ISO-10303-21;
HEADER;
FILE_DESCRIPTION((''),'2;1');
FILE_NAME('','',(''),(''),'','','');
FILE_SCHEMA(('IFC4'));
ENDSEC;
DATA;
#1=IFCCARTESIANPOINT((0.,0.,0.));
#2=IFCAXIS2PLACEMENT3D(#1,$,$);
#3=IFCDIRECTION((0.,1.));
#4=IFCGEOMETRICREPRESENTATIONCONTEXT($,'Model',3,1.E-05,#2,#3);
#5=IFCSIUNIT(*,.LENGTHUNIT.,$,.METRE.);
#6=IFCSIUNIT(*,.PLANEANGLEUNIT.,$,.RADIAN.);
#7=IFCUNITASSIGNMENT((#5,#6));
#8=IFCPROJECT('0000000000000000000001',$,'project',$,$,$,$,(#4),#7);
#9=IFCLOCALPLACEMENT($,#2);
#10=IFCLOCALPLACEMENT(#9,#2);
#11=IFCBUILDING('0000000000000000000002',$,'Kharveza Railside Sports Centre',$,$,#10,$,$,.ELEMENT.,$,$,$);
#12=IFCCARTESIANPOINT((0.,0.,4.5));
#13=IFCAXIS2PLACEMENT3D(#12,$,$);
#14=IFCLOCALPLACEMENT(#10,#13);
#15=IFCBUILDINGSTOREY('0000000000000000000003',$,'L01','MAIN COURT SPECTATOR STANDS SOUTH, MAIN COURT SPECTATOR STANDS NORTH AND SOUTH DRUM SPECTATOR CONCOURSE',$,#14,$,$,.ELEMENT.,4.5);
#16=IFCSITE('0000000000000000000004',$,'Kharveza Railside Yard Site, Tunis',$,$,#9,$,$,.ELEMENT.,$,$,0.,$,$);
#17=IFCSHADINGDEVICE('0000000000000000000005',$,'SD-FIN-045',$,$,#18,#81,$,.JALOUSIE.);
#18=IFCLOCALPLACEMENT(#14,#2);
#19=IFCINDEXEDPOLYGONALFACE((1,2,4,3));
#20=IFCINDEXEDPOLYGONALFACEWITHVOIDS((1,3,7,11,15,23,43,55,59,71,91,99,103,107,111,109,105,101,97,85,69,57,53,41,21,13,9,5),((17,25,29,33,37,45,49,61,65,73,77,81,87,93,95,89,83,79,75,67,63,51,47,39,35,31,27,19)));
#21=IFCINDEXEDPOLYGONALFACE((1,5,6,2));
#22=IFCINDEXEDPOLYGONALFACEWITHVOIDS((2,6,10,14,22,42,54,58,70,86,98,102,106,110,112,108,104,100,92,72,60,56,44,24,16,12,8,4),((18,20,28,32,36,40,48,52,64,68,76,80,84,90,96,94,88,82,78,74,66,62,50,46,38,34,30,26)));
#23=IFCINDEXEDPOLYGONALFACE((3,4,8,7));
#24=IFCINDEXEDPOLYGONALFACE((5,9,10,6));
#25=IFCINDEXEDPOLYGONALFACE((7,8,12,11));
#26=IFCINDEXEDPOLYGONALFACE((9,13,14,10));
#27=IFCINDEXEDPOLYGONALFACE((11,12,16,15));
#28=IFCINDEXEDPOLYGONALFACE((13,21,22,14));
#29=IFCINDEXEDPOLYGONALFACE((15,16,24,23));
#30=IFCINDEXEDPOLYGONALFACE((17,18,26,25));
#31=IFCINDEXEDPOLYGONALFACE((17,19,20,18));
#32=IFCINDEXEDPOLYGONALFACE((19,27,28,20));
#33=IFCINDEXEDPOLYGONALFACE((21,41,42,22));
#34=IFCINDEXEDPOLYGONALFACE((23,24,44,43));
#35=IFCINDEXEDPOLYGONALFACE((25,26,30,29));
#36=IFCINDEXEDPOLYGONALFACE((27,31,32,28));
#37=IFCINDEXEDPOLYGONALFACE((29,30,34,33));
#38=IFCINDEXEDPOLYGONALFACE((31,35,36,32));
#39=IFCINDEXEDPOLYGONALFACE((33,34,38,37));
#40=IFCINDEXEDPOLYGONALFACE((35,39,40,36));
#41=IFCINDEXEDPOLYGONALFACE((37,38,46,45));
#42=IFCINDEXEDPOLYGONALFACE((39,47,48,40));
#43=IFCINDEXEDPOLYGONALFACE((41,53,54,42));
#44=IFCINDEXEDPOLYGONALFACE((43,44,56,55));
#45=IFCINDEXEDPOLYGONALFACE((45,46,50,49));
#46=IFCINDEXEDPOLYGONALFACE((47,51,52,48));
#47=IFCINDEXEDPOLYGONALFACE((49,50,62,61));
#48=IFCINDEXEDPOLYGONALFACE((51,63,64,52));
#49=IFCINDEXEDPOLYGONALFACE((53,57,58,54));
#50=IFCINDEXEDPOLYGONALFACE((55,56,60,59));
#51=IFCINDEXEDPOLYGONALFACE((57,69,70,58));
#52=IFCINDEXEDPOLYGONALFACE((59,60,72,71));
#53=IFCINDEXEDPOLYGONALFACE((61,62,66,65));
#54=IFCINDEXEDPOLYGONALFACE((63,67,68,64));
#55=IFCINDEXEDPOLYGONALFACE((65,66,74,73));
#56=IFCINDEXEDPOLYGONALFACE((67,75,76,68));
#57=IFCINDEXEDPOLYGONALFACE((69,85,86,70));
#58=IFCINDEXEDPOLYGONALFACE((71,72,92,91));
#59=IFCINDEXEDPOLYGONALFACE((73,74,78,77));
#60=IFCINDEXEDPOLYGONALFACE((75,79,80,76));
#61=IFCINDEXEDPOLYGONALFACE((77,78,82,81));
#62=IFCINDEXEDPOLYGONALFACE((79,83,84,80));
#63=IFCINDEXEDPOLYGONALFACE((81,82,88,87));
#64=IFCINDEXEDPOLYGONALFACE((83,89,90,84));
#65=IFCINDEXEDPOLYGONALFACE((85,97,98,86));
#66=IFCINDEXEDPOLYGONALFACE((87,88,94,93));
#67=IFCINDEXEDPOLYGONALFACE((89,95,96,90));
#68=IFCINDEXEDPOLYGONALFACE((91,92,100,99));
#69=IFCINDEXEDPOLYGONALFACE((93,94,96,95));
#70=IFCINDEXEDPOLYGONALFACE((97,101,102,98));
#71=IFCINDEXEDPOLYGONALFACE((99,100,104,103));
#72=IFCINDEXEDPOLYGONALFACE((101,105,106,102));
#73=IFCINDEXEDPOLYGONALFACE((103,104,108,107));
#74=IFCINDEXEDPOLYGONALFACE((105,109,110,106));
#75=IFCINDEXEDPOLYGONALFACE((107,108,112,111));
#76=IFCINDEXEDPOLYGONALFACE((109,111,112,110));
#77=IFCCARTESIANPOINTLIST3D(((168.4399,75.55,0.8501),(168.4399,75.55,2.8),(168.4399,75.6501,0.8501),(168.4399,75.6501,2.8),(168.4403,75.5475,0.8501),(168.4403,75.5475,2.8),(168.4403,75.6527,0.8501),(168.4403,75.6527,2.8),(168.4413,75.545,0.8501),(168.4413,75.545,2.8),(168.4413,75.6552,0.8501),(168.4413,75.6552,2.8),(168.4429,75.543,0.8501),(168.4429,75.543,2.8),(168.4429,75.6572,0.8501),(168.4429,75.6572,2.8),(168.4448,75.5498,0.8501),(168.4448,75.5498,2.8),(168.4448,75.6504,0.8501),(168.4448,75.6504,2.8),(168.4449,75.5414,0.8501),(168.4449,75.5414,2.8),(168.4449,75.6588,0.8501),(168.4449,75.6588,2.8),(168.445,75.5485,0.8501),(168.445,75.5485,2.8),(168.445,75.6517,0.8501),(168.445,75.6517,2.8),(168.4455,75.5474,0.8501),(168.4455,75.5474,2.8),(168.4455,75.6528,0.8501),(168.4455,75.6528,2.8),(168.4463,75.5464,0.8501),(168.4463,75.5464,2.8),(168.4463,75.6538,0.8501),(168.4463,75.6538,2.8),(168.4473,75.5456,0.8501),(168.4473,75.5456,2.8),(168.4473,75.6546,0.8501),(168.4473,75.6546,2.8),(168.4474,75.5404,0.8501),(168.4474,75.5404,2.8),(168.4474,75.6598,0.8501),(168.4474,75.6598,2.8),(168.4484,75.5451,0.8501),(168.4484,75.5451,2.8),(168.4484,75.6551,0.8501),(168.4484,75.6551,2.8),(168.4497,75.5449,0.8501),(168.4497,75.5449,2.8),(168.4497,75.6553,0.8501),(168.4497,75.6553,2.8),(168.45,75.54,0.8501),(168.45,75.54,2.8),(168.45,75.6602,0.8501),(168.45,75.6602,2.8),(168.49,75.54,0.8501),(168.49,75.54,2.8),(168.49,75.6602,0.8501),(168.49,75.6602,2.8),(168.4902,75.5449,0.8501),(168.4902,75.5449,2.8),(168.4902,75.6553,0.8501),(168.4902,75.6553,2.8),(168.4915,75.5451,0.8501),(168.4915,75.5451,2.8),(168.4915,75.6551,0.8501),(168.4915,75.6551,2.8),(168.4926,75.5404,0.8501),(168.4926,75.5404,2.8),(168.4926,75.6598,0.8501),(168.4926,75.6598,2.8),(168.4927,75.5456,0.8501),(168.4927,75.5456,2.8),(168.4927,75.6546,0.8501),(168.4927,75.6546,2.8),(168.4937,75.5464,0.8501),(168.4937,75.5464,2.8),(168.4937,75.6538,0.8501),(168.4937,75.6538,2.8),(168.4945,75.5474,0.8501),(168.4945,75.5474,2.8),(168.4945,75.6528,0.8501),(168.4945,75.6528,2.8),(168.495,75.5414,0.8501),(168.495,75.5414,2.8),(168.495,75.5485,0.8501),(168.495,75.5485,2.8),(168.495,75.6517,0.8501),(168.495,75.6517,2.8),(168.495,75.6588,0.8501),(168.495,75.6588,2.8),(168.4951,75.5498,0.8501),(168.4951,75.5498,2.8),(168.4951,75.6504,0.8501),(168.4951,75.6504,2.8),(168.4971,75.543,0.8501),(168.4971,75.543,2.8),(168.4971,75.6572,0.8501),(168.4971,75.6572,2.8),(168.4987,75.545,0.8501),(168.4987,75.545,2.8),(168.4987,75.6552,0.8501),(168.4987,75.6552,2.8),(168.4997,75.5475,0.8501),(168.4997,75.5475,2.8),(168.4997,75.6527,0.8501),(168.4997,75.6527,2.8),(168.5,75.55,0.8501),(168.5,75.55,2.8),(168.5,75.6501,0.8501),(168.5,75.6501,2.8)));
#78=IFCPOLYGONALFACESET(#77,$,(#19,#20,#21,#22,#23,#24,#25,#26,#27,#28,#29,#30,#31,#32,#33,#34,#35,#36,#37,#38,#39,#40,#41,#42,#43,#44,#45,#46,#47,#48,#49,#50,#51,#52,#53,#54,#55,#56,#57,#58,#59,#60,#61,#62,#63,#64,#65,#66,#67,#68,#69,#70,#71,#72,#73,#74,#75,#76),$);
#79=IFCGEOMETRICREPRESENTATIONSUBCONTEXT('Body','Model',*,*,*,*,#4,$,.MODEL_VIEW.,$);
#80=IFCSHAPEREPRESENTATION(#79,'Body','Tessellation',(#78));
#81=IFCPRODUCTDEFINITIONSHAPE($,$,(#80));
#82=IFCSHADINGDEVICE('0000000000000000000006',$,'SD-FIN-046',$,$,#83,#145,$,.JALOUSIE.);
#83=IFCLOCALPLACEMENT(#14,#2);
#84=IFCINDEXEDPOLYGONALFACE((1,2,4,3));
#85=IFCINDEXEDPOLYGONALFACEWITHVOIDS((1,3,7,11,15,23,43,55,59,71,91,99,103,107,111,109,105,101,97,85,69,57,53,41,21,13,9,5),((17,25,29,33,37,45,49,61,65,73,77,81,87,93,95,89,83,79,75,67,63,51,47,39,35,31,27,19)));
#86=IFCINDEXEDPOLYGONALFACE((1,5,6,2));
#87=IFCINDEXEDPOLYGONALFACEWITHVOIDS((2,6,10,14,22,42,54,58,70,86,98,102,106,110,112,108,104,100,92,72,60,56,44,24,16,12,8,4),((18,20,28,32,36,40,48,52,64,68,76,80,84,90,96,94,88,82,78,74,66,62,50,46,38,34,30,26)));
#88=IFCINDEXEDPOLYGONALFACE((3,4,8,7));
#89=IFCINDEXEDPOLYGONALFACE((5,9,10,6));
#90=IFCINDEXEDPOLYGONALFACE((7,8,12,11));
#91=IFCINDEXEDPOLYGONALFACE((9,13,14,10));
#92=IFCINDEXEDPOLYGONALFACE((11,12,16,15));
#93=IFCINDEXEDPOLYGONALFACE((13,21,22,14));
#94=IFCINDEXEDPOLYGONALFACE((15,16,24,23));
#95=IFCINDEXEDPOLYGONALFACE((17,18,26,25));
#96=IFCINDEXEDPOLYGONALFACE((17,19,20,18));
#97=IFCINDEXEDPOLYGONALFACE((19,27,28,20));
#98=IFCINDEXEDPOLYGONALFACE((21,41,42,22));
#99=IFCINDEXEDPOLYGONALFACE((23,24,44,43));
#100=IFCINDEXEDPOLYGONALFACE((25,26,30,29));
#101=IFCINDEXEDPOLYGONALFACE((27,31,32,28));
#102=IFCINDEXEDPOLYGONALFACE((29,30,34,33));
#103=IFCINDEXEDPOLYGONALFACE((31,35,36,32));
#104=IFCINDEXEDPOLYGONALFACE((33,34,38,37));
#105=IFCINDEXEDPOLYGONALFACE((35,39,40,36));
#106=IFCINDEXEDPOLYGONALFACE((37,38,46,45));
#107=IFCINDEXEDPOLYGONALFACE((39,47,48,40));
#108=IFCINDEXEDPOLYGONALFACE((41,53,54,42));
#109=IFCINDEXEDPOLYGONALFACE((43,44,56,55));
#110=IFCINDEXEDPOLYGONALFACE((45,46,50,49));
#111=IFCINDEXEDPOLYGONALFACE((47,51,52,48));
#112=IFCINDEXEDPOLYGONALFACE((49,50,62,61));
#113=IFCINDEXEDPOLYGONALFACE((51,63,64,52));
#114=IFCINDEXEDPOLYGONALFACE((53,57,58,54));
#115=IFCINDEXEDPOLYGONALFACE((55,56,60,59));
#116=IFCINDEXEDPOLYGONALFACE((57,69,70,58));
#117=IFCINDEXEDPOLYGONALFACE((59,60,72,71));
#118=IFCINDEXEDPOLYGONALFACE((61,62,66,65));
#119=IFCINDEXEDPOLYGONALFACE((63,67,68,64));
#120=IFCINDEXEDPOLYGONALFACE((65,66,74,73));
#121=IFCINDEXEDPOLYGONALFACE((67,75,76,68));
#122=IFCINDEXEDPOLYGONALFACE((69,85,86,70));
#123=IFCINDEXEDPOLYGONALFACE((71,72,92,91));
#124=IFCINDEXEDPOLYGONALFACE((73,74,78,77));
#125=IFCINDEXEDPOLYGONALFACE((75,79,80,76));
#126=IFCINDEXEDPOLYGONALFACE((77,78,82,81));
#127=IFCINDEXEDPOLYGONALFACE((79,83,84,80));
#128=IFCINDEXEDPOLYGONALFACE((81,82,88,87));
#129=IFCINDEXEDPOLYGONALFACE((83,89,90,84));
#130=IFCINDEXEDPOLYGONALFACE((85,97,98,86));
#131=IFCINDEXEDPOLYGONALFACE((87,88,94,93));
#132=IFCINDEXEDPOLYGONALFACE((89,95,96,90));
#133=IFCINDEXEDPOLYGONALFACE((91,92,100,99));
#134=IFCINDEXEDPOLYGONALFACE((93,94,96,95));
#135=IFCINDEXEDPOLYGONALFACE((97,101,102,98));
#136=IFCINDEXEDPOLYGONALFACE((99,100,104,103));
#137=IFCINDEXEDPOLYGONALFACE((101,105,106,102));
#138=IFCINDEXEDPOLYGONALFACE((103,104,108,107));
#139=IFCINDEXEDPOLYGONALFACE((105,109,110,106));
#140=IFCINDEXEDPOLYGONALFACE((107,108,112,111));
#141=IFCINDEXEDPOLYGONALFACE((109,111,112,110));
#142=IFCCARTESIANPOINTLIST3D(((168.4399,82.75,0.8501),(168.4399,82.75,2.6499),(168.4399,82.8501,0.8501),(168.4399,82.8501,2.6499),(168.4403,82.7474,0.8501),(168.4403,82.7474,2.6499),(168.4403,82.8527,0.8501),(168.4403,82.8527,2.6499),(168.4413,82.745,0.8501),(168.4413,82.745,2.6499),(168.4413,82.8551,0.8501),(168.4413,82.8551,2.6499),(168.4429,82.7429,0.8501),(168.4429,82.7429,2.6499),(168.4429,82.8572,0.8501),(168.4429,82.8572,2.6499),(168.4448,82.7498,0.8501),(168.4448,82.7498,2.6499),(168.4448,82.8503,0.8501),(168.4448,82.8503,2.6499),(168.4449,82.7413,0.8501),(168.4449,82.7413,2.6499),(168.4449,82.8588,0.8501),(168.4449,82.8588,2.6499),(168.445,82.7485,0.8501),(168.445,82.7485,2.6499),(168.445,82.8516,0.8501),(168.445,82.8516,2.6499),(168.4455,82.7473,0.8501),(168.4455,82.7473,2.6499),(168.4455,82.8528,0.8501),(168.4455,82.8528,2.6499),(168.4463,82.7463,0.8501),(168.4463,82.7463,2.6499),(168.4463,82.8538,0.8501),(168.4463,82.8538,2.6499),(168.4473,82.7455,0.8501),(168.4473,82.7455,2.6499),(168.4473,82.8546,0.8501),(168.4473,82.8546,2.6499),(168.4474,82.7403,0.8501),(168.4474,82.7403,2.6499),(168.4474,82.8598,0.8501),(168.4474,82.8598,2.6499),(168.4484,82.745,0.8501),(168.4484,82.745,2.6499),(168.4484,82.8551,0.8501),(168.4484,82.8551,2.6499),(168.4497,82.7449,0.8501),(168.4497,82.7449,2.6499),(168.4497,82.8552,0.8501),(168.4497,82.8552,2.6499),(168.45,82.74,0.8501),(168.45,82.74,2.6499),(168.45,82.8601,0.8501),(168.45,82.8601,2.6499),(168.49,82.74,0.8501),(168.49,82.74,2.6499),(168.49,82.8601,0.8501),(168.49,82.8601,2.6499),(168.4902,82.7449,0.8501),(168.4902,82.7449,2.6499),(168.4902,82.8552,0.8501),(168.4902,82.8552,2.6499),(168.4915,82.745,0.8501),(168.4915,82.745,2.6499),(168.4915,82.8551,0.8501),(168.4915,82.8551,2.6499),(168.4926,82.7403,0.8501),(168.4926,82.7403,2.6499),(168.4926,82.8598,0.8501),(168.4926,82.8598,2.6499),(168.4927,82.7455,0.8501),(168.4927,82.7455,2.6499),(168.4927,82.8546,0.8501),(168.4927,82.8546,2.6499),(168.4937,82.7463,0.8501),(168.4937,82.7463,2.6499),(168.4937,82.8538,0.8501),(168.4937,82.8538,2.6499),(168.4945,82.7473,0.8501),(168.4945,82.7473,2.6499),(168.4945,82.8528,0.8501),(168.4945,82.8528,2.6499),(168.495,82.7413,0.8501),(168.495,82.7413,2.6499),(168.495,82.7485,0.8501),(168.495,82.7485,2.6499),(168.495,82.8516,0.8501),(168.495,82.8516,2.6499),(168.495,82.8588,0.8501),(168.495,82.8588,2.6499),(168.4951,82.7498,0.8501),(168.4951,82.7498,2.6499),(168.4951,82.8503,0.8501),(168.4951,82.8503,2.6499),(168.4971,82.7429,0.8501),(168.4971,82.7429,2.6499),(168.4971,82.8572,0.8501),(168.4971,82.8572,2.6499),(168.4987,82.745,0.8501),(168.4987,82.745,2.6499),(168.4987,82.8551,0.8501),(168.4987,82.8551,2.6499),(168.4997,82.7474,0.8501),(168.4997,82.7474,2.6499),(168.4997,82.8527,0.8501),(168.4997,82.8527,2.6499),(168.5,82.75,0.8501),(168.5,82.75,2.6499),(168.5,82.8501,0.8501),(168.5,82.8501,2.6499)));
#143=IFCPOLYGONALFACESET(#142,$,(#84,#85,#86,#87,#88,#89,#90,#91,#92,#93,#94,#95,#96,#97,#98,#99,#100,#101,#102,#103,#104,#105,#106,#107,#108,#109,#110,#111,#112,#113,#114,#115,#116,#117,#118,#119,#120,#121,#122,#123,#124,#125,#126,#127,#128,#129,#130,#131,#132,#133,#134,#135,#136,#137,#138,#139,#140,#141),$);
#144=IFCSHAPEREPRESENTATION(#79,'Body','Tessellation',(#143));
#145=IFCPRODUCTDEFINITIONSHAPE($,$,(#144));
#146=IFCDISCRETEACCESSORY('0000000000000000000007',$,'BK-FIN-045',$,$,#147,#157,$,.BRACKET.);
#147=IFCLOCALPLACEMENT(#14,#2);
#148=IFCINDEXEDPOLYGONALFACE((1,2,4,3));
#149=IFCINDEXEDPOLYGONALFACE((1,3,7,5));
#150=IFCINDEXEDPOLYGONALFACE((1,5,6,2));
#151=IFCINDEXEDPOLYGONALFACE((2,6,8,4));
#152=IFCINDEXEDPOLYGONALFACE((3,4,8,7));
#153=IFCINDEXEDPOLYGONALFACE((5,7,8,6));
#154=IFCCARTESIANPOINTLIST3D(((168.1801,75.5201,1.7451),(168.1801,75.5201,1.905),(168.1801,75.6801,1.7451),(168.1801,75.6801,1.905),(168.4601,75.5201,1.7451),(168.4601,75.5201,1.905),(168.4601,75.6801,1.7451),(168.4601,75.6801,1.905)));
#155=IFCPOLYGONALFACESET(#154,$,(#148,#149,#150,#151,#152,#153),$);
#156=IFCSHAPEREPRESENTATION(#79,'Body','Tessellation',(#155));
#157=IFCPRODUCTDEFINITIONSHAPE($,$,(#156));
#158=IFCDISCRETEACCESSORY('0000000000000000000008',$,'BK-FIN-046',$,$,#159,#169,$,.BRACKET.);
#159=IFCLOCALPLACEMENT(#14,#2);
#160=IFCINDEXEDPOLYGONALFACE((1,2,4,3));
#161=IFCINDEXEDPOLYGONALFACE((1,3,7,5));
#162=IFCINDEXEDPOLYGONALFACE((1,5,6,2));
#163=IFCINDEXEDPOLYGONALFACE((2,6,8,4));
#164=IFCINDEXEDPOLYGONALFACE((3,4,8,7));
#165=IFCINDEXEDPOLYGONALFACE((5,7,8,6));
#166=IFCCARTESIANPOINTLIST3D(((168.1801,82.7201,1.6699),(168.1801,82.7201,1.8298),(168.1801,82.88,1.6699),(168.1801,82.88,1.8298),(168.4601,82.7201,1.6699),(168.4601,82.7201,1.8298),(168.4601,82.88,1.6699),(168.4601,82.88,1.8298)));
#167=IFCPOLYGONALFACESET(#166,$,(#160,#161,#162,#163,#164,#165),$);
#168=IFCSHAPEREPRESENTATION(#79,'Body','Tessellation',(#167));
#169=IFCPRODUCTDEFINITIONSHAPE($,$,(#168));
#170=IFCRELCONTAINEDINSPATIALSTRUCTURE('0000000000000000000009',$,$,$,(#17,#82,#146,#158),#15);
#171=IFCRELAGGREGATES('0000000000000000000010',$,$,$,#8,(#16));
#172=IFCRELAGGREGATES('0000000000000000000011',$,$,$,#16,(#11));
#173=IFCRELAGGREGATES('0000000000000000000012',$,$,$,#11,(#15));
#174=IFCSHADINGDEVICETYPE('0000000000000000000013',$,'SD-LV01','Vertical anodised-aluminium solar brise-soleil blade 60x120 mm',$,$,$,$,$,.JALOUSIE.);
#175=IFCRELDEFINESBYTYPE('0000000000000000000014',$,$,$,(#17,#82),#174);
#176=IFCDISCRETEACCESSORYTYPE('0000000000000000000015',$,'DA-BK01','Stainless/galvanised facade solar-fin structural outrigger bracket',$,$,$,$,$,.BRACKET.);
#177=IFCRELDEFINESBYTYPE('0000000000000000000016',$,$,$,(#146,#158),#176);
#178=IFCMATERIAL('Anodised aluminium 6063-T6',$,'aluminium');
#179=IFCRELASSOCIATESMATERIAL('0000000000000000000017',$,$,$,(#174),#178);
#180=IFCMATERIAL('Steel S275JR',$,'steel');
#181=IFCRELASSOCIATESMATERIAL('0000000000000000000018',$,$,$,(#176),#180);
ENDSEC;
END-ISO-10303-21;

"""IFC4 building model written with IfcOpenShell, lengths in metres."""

from ifc_helpers import new_model, si_unit, direction, frame, origin, origin_2d, place, context, subcontext, project, spatial, rectangle, hollow_rectangle, extrude, material, material_profile, profile_set, type_object, element, save


model = new_model("IFC4")

# Units and contexts
model_context = context("Model", 3, precision=1e-05, world=origin(), true_north=direction((0.0, 1.0)))
body_context = subcontext(model_context, "Body", "Model", "MODEL_VIEW")
ifc_project = project(units=[si_unit("LENGTHUNIT", "METRE"), si_unit("PLANEANGLEUNIT", "RADIAN")], contexts=[model_context])

# Site, building, storey
site_placement = place(None, origin())
site = spatial("IfcSite", under=ifc_project, at=site_placement, Name="Kharveza Railside Yard Site, Tunis", CompositionType="ELEMENT", RefElevation=0.0)
building_placement = place(site_placement, origin())
building = spatial("IfcBuilding", under=site, at=building_placement, Name="Kharveza Railside Sports Centre", CompositionType="ELEMENT")
storey_placement = place(building_placement, frame((0.0, 0.0, 4.5)))
storey = spatial("IfcBuildingStorey", under=building, at=storey_placement, Name="L01", Description="MAIN COURT SPECTATOR STANDS SOUTH, MAIN COURT SPECTATOR STANDS NORTH AND SOUTH DRUM SPECTATOR CONCOURSE", CompositionType="ELEMENT", Elevation=4.5)

# Shared definitions
ifc_material_1 = material(Name="Steel S275JR", Category="steel")

# Shading devices
ifc_material_2 = material(Name="Anodised aluminium 6063-T6", Category="aluminium")
ifc_material_profile_1 = material_profile(ifc_material_2, hollow_rectangle(XDim=0.0601, YDim=0.1201, WallThickness=0.0049, InnerFilletRadius=0.0049, OuterFilletRadius=0.01, at=origin_2d()), Name="RHS 60x120x5.0")
ifc_profile_set_1 = profile_set([ifc_material_profile_1], Name="Anodised aluminium 6063-T6")
shading_device_type = type_object("IfcShadingDeviceType", Name="SD-LV01", Description="Vertical anodised-aluminium solar brise-soleil blade 60x120 mm", PredefinedType="JALOUSIE", material=ifc_profile_set_1)
shading_device_1_placement = place(storey_placement, frame((168.47, 75.6001, 0.8501), z_axis=(0.0, 0.0, 1.0), x_axis=(1.0, 0.0, 0.0)))
element("IfcShadingDevice", 1, at=shading_device_1_placement, inside=storey, type_object=shading_device_type, Name="SD-FIN-045", PredefinedType="JALOUSIE", context=body_context, shape_type="SweptSolid", body=[
    extrude(hollow_rectangle(XDim=0.0601, YDim=0.1201, WallThickness=0.0049, InnerFilletRadius=0.0049, OuterFilletRadius=0.01, at=origin_2d()), origin(), (0.0, 0.0, 1.0), 1.95),
])
shading_device_2_placement = place(storey_placement, frame((168.47, 82.8, 0.8501), z_axis=(0.0, 0.0, 1.0), x_axis=(1.0, 0.0, 0.0)))
element("IfcShadingDevice", 2, at=shading_device_2_placement, inside=storey, type_object=shading_device_type, Name="SD-FIN-046", PredefinedType="JALOUSIE", context=body_context, shape_type="SweptSolid", body=[
    extrude(hollow_rectangle(XDim=0.0601, YDim=0.1201, WallThickness=0.0049, InnerFilletRadius=0.0049, OuterFilletRadius=0.01, at=origin_2d()), origin(), (0.0, 0.0, 1.0), 1.7998),
])

# Discrete accessories
discrete_accessory_type = type_object("IfcDiscreteAccessoryType", Name="DA-BK01", Description="Stainless/galvanised facade solar-fin structural outrigger bracket", PredefinedType="BRACKET", material=ifc_material_1)
for number, where, z_axis, x_axis, name in (
    (3, (168.3201, 75.6001, 1.7451), (0.0, 0.0, 1.0), (1.0, 0.0, 0.0), "BK-FIN-045"),
    (4, (168.3201, 82.8, 1.6699), (0.0, 0.0, 1.0), (1.0, 0.0, 0.0), "BK-FIN-046"),
):
    element("IfcDiscreteAccessory", number, at=place(storey_placement, frame(where, z_axis=z_axis, x_axis=x_axis)), inside=storey, type_object=discrete_accessory_type, Name=name, PredefinedType="BRACKET", context=body_context, shape_type="SweptSolid", body=[
        extrude(rectangle(XDim=0.28, YDim=0.1599, at=origin_2d()), origin(), (0.0, 0.0, 1.0), 0.1599),
    ])

save(model, "model.ifc")
